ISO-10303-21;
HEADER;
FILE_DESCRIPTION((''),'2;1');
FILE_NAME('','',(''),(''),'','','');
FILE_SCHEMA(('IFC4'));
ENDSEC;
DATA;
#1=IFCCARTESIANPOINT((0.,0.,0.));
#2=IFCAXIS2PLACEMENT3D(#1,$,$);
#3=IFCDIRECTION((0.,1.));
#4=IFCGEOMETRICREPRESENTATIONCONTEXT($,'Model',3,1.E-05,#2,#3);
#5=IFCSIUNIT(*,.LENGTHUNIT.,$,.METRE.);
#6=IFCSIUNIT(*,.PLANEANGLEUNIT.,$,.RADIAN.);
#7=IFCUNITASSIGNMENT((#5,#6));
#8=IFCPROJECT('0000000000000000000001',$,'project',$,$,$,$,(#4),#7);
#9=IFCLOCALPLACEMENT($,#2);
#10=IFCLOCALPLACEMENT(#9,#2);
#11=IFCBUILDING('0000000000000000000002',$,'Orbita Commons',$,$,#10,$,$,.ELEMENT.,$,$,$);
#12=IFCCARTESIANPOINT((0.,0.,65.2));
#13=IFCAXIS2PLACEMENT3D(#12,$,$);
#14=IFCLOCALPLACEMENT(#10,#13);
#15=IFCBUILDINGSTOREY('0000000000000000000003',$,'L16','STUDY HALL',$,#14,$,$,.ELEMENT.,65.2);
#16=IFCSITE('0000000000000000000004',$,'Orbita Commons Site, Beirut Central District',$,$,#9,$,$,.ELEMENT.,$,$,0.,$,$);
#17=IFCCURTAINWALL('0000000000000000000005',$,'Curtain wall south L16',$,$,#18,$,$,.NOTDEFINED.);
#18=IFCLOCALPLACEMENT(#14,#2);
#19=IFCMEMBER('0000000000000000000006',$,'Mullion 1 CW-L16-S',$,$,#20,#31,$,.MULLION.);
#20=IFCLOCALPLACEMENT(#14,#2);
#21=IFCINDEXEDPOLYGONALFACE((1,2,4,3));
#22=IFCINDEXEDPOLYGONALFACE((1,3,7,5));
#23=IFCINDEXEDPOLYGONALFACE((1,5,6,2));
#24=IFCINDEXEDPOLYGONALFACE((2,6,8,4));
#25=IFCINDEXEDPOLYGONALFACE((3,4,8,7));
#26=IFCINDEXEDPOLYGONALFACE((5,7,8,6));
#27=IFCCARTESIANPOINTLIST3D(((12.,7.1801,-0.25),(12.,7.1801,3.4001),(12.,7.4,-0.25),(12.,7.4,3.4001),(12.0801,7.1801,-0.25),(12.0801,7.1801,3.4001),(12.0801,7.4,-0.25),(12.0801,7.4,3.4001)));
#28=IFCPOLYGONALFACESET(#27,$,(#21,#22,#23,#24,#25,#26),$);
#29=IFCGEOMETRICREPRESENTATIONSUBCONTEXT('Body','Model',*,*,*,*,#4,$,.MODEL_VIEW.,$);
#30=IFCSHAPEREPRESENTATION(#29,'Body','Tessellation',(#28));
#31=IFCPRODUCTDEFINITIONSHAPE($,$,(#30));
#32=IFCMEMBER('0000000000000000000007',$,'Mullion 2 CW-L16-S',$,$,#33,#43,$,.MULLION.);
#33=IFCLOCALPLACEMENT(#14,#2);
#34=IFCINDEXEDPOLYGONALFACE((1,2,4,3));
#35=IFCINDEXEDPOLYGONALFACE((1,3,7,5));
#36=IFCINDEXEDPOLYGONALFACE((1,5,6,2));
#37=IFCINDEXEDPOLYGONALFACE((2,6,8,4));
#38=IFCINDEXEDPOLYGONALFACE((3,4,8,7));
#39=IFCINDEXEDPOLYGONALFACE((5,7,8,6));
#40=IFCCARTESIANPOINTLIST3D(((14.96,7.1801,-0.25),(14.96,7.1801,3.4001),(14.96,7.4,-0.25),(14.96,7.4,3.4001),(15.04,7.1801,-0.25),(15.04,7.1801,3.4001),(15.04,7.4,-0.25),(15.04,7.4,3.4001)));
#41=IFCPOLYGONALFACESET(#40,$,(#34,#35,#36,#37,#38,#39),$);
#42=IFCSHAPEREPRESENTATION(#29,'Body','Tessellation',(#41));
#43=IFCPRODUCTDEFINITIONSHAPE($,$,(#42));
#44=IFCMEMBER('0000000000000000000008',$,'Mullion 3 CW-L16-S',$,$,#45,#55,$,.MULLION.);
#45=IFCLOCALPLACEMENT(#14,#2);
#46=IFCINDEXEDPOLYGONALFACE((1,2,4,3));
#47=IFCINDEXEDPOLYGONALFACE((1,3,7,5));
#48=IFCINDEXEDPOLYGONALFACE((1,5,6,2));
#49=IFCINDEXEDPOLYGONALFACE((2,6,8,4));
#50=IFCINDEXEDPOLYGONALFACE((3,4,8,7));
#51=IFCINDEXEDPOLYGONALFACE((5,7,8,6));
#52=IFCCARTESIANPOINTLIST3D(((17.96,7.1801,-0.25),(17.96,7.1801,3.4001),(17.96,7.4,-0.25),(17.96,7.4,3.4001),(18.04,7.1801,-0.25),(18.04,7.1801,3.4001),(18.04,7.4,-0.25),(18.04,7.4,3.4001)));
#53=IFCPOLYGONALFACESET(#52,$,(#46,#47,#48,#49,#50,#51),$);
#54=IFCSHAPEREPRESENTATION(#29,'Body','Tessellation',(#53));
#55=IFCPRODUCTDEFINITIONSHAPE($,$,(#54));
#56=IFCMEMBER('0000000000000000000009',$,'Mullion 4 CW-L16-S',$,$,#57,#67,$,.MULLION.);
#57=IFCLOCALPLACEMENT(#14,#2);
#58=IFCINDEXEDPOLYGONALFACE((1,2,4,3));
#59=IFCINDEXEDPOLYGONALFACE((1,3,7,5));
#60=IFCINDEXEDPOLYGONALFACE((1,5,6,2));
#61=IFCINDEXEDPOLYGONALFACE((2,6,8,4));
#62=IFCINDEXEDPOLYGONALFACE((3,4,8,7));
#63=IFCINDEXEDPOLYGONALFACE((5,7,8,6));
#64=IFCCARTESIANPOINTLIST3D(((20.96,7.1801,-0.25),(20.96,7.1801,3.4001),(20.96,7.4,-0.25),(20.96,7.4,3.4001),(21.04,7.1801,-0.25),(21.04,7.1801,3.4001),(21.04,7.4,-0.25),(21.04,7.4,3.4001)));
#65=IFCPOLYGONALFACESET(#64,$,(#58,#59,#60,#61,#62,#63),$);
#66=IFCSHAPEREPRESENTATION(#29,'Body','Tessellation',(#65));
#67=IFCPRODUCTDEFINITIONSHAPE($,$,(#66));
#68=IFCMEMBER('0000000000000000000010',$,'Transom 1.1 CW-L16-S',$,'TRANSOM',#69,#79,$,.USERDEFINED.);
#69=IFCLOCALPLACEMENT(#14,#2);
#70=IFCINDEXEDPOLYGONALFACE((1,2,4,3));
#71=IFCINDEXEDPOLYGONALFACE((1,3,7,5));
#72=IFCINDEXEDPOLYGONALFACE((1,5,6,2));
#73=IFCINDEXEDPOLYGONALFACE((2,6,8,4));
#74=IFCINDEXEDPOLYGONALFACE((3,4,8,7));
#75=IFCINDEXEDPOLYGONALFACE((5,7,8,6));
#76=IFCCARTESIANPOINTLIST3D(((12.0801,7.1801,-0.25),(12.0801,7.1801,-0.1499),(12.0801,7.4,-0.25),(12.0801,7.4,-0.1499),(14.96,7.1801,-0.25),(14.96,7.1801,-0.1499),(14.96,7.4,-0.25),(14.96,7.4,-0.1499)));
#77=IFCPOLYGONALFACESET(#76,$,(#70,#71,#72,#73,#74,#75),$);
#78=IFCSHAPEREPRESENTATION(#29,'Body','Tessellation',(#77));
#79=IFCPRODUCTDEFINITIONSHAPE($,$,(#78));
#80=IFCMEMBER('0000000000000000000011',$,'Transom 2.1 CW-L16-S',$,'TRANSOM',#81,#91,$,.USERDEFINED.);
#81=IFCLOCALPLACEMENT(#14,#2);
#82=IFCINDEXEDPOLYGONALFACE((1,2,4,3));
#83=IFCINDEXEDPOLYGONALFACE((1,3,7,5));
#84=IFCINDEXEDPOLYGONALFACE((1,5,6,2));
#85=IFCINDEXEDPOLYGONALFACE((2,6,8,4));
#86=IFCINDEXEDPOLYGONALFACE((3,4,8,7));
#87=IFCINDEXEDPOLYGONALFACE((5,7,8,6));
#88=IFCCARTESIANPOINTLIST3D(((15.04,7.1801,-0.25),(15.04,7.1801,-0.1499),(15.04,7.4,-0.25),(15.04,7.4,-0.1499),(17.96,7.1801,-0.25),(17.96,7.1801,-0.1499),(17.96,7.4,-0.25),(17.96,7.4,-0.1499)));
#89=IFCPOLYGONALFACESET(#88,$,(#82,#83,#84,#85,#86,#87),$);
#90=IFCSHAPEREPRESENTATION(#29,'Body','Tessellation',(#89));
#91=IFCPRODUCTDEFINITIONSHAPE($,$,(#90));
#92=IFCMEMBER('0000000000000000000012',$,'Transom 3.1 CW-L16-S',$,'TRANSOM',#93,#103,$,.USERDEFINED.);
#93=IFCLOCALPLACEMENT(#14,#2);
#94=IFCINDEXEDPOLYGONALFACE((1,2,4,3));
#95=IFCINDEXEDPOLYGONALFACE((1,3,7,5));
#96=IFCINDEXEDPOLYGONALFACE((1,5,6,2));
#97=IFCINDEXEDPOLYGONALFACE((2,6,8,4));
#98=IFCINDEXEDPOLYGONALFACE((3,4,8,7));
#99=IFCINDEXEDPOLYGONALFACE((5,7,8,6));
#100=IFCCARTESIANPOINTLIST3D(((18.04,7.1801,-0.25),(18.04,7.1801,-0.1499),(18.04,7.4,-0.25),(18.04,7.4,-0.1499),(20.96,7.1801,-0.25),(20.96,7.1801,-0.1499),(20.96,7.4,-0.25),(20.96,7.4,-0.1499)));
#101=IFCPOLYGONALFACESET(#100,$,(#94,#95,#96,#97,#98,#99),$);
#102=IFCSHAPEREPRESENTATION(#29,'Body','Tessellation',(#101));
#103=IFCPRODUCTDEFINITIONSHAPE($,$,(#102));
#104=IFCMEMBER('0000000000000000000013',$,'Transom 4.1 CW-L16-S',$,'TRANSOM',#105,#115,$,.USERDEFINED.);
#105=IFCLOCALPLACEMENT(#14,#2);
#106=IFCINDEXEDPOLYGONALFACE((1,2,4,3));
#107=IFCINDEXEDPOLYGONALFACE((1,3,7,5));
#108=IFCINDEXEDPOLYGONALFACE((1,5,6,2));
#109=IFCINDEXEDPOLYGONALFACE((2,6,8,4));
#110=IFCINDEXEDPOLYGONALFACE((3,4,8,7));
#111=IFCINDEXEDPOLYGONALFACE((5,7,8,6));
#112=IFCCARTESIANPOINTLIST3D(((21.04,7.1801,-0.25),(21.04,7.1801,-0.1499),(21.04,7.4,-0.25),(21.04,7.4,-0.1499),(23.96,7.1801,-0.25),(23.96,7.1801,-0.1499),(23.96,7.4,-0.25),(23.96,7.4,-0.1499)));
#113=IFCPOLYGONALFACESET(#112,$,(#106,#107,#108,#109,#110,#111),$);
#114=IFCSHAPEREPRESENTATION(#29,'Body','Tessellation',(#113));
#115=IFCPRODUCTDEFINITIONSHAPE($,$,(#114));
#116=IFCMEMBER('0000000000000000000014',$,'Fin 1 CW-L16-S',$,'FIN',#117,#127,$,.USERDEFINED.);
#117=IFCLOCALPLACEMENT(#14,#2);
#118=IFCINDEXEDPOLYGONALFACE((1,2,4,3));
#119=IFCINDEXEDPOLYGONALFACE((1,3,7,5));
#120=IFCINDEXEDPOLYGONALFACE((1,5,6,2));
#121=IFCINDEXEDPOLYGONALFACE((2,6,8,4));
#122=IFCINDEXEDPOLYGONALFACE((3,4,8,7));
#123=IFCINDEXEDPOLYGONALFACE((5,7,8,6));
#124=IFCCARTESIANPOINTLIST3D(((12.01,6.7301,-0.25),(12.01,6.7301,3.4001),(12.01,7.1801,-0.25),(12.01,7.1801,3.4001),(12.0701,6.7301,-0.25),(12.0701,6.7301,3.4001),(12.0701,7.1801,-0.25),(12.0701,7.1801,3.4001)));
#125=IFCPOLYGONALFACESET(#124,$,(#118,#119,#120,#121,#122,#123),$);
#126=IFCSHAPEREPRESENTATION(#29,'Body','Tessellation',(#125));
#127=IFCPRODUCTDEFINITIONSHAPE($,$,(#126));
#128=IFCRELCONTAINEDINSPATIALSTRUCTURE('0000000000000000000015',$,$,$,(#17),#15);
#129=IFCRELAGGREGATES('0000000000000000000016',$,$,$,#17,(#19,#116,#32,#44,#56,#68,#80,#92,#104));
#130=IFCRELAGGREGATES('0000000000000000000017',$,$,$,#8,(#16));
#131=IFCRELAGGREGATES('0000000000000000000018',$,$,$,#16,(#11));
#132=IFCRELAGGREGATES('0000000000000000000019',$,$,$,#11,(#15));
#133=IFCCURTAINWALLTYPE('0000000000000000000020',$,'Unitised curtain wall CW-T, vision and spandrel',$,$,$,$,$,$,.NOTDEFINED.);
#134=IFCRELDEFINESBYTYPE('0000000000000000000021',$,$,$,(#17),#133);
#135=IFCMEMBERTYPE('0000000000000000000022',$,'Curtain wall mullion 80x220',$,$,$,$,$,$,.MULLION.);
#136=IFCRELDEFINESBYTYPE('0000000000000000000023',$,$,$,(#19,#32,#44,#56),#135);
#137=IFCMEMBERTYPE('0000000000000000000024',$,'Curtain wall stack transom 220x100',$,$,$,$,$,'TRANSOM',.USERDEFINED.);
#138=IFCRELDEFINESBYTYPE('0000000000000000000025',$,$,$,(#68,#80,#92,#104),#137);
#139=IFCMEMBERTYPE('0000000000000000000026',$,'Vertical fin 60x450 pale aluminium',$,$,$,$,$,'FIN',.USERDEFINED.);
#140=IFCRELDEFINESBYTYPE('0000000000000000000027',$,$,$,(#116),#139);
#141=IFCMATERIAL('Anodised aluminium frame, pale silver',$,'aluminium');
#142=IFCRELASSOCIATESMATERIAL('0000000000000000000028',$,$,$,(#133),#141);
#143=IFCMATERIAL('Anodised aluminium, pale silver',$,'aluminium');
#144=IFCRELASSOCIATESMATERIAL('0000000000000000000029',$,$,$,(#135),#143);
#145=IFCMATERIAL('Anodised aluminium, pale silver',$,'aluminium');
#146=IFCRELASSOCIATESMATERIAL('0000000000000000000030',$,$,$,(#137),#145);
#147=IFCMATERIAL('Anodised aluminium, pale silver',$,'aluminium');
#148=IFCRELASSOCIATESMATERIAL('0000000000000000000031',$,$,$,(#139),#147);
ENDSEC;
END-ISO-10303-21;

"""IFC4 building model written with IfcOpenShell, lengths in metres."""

from ifc_helpers import new_model, si_unit, direction, frame, origin, origin_2d, place, context, subcontext, project, spatial, rectangle, extrude, material, material_profile, profile_set, type_object, element, aggregate, save


model = new_model("IFC4")

# Units and contexts
model_context = context("Model", 3, precision=1e-05, world=origin(), true_north=direction((0.0, 1.0)))
body_context = subcontext(model_context, "Body", "Model", "MODEL_VIEW")
ifc_project = project(units=[si_unit("LENGTHUNIT", "METRE"), si_unit("PLANEANGLEUNIT", "RADIAN")], contexts=[model_context])

# Site, building, storey
site_placement = place(None, origin())
site = spatial("IfcSite", under=ifc_project, at=site_placement, Name="Orbita Commons Site, Beirut Central District", CompositionType="ELEMENT", RefElevation=0.0)
building_placement = place(site_placement, origin())
building = spatial("IfcBuilding", under=site, at=building_placement, Name="Orbita Commons", CompositionType="ELEMENT")
storey_placement = place(building_placement, frame((0.0, 0.0, 65.2)))
storey = spatial("IfcBuildingStorey", under=building, at=storey_placement, Name="L16", Description="STUDY HALL", CompositionType="ELEMENT", Elevation=65.2)

# Curtain wall, members
ifc_material_1 = material(Name="Anodised aluminium frame, pale silver", Category="aluminium")
curtain_wall_type = type_object("IfcCurtainWallType", Name="Unitised curtain wall CW-T, vision and spandrel", PredefinedType="NOTDEFINED", material=ifc_material_1)
curtain_wall_placement = place(storey_placement, origin())
curtain_wall = element("IfcCurtainWall", 1, at=curtain_wall_placement, inside=storey, type_object=curtain_wall_type, Name="Curtain wall south L16", PredefinedType="NOTDEFINED")
ifc_material_2 = material(Name="Anodised aluminium, pale silver", Category="aluminium")
ifc_material_profile_1 = material_profile(ifc_material_2, rectangle(XDim=0.0801, YDim=0.22, at=origin_2d()), Name="AL 80x220")
ifc_profile_set_1 = profile_set([ifc_material_profile_1], Name="Anodised aluminium, pale silver")
member_type_1 = type_object("IfcMemberType", Name="Curtain wall mullion 80x220", PredefinedType="MULLION", material=ifc_profile_set_1)
member_1_placement = place(storey_placement, frame((12.04, 7.29, -0.25), z_axis=(0.0, 0.0, 1.0), x_axis=(1.0, 0.0, 0.0)))
member_1 = element("IfcMember", 2, at=member_1_placement, type_object=member_type_1, Name="Mullion 1 CW-L16-S", PredefinedType="MULLION", context=body_context, shape_type="SweptSolid", body=[
    extrude(rectangle(XDim=0.0801, YDim=0.22, at=origin_2d()), origin(), (0.0, 0.0, 1.0), 3.6501),
])
member_2_placement = place(storey_placement, frame((15.0, 7.29, -0.25), z_axis=(0.0, 0.0, 1.0), x_axis=(1.0, 0.0, 0.0)))
member_2 = element("IfcMember", 3, at=member_2_placement, type_object=member_type_1, Name="Mullion 2 CW-L16-S", PredefinedType="MULLION", context=body_context, shape_type="SweptSolid", body=[
    extrude(rectangle(XDim=0.0801, YDim=0.22, at=origin_2d()), origin(), (0.0, 0.0, 1.0), 3.6501),
])
member_3_placement = place(storey_placement, frame((18.0, 7.29, -0.25), z_axis=(0.0, 0.0, 1.0), x_axis=(1.0, 0.0, 0.0)))
member_3 = element("IfcMember", 4, at=member_3_placement, type_object=member_type_1, Name="Mullion 3 CW-L16-S", PredefinedType="MULLION", context=body_context, shape_type="SweptSolid", body=[
    extrude(rectangle(XDim=0.0801, YDim=0.22, at=origin_2d()), origin(), (0.0, 0.0, 1.0), 3.6501),
])
member_4_placement = place(storey_placement, frame((21.0, 7.29, -0.25), z_axis=(0.0, 0.0, 1.0), x_axis=(1.0, 0.0, 0.0)))
member_4 = element("IfcMember", 5, at=member_4_placement, type_object=member_type_1, Name="Mullion 4 CW-L16-S", PredefinedType="MULLION", context=body_context, shape_type="SweptSolid", body=[
    extrude(rectangle(XDim=0.0801, YDim=0.22, at=origin_2d()), origin(), (0.0, 0.0, 1.0), 3.6501),
])
ifc_material_3 = material(Name="Anodised aluminium, pale silver", Category="aluminium")
ifc_material_profile_2 = material_profile(ifc_material_3, rectangle(XDim=0.22, YDim=0.1001, at=origin_2d()), Name="AL 220x100")
ifc_profile_set_2 = profile_set([ifc_material_profile_2], Name="Anodised aluminium, pale silver")
member_type_2 = type_object("IfcMemberType", Name="Curtain wall stack transom 220x100", ElementType="TRANSOM", PredefinedType="USERDEFINED", material=ifc_profile_set_2)
member_5_placement = place(storey_placement, frame((12.0801, 7.29, -0.2), z_axis=(1.0, 0.0, 0.0), x_axis=(0.0, 1.0, 0.0)))
member_5 = element("IfcMember", 6, at=member_5_placement, type_object=member_type_2, Name="Transom 1.1 CW-L16-S", ObjectType="TRANSOM", PredefinedType="USERDEFINED", context=body_context, shape_type="SweptSolid", body=[
    extrude(rectangle(XDim=0.22, YDim=0.1001, at=origin_2d()), origin(), (0.0, 0.0, 1.0), 2.8799),
])
member_6_placement = place(storey_placement, frame((15.04, 7.29, -0.2), z_axis=(1.0, 0.0, 0.0), x_axis=(0.0, 1.0, 0.0)))
member_6 = element("IfcMember", 7, at=member_6_placement, type_object=member_type_2, Name="Transom 2.1 CW-L16-S", ObjectType="TRANSOM", PredefinedType="USERDEFINED", context=body_context, shape_type="SweptSolid", body=[
    extrude(rectangle(XDim=0.22, YDim=0.1001, at=origin_2d()), origin(), (0.0, 0.0, 1.0), 2.9199),
])
member_7_placement = place(storey_placement, frame((18.04, 7.29, -0.2), z_axis=(1.0, 0.0, 0.0), x_axis=(0.0, 1.0, 0.0)))
member_7 = element("IfcMember", 8, at=member_7_placement, type_object=member_type_2, Name="Transom 3.1 CW-L16-S", ObjectType="TRANSOM", PredefinedType="USERDEFINED", context=body_context, shape_type="SweptSolid", body=[
    extrude(rectangle(XDim=0.22, YDim=0.1001, at=origin_2d()), origin(), (0.0, 0.0, 1.0), 2.9199),
])
member_8_placement = place(storey_placement, frame((21.04, 7.29, -0.2), z_axis=(1.0, 0.0, 0.0), x_axis=(0.0, 1.0, 0.0)))
member_8 = element("IfcMember", 9, at=member_8_placement, type_object=member_type_2, Name="Transom 4.1 CW-L16-S", ObjectType="TRANSOM", PredefinedType="USERDEFINED", context=body_context, shape_type="SweptSolid", body=[
    extrude(rectangle(XDim=0.22, YDim=0.1001, at=origin_2d()), origin(), (0.0, 0.0, 1.0), 2.9199),
])
ifc_material_4 = material(Name="Anodised aluminium, pale silver", Category="aluminium")
ifc_material_profile_3 = material_profile(ifc_material_4, rectangle(XDim=0.0601, YDim=0.45, at=origin_2d()), Name="FIN 60x450")
ifc_profile_set_3 = profile_set([ifc_material_profile_3], Name="Anodised aluminium, pale silver")
member_type_3 = type_object("IfcMemberType", Name="Vertical fin 60x450 pale aluminium", ElementType="FIN", PredefinedType="USERDEFINED", material=ifc_profile_set_3)
member_9_placement = place(storey_placement, frame((12.04, 6.9551, -0.25), z_axis=(0.0, 0.0, 1.0), x_axis=(1.0, 0.0, 0.0)))
member_9 = element("IfcMember", 10, at=member_9_placement, type_object=member_type_3, Name="Fin 1 CW-L16-S", ObjectType="FIN", PredefinedType="USERDEFINED", context=body_context, shape_type="SweptSolid", body=[
    extrude(rectangle(XDim=0.0601, YDim=0.45, at=origin_2d()), origin(), (0.0, 0.0, 1.0), 3.6501),
])

aggregate(curtain_wall, [member_1, member_9, member_2, member_3, member_4, member_5, member_6, member_7, member_8])

save(model, "model.ifc")
